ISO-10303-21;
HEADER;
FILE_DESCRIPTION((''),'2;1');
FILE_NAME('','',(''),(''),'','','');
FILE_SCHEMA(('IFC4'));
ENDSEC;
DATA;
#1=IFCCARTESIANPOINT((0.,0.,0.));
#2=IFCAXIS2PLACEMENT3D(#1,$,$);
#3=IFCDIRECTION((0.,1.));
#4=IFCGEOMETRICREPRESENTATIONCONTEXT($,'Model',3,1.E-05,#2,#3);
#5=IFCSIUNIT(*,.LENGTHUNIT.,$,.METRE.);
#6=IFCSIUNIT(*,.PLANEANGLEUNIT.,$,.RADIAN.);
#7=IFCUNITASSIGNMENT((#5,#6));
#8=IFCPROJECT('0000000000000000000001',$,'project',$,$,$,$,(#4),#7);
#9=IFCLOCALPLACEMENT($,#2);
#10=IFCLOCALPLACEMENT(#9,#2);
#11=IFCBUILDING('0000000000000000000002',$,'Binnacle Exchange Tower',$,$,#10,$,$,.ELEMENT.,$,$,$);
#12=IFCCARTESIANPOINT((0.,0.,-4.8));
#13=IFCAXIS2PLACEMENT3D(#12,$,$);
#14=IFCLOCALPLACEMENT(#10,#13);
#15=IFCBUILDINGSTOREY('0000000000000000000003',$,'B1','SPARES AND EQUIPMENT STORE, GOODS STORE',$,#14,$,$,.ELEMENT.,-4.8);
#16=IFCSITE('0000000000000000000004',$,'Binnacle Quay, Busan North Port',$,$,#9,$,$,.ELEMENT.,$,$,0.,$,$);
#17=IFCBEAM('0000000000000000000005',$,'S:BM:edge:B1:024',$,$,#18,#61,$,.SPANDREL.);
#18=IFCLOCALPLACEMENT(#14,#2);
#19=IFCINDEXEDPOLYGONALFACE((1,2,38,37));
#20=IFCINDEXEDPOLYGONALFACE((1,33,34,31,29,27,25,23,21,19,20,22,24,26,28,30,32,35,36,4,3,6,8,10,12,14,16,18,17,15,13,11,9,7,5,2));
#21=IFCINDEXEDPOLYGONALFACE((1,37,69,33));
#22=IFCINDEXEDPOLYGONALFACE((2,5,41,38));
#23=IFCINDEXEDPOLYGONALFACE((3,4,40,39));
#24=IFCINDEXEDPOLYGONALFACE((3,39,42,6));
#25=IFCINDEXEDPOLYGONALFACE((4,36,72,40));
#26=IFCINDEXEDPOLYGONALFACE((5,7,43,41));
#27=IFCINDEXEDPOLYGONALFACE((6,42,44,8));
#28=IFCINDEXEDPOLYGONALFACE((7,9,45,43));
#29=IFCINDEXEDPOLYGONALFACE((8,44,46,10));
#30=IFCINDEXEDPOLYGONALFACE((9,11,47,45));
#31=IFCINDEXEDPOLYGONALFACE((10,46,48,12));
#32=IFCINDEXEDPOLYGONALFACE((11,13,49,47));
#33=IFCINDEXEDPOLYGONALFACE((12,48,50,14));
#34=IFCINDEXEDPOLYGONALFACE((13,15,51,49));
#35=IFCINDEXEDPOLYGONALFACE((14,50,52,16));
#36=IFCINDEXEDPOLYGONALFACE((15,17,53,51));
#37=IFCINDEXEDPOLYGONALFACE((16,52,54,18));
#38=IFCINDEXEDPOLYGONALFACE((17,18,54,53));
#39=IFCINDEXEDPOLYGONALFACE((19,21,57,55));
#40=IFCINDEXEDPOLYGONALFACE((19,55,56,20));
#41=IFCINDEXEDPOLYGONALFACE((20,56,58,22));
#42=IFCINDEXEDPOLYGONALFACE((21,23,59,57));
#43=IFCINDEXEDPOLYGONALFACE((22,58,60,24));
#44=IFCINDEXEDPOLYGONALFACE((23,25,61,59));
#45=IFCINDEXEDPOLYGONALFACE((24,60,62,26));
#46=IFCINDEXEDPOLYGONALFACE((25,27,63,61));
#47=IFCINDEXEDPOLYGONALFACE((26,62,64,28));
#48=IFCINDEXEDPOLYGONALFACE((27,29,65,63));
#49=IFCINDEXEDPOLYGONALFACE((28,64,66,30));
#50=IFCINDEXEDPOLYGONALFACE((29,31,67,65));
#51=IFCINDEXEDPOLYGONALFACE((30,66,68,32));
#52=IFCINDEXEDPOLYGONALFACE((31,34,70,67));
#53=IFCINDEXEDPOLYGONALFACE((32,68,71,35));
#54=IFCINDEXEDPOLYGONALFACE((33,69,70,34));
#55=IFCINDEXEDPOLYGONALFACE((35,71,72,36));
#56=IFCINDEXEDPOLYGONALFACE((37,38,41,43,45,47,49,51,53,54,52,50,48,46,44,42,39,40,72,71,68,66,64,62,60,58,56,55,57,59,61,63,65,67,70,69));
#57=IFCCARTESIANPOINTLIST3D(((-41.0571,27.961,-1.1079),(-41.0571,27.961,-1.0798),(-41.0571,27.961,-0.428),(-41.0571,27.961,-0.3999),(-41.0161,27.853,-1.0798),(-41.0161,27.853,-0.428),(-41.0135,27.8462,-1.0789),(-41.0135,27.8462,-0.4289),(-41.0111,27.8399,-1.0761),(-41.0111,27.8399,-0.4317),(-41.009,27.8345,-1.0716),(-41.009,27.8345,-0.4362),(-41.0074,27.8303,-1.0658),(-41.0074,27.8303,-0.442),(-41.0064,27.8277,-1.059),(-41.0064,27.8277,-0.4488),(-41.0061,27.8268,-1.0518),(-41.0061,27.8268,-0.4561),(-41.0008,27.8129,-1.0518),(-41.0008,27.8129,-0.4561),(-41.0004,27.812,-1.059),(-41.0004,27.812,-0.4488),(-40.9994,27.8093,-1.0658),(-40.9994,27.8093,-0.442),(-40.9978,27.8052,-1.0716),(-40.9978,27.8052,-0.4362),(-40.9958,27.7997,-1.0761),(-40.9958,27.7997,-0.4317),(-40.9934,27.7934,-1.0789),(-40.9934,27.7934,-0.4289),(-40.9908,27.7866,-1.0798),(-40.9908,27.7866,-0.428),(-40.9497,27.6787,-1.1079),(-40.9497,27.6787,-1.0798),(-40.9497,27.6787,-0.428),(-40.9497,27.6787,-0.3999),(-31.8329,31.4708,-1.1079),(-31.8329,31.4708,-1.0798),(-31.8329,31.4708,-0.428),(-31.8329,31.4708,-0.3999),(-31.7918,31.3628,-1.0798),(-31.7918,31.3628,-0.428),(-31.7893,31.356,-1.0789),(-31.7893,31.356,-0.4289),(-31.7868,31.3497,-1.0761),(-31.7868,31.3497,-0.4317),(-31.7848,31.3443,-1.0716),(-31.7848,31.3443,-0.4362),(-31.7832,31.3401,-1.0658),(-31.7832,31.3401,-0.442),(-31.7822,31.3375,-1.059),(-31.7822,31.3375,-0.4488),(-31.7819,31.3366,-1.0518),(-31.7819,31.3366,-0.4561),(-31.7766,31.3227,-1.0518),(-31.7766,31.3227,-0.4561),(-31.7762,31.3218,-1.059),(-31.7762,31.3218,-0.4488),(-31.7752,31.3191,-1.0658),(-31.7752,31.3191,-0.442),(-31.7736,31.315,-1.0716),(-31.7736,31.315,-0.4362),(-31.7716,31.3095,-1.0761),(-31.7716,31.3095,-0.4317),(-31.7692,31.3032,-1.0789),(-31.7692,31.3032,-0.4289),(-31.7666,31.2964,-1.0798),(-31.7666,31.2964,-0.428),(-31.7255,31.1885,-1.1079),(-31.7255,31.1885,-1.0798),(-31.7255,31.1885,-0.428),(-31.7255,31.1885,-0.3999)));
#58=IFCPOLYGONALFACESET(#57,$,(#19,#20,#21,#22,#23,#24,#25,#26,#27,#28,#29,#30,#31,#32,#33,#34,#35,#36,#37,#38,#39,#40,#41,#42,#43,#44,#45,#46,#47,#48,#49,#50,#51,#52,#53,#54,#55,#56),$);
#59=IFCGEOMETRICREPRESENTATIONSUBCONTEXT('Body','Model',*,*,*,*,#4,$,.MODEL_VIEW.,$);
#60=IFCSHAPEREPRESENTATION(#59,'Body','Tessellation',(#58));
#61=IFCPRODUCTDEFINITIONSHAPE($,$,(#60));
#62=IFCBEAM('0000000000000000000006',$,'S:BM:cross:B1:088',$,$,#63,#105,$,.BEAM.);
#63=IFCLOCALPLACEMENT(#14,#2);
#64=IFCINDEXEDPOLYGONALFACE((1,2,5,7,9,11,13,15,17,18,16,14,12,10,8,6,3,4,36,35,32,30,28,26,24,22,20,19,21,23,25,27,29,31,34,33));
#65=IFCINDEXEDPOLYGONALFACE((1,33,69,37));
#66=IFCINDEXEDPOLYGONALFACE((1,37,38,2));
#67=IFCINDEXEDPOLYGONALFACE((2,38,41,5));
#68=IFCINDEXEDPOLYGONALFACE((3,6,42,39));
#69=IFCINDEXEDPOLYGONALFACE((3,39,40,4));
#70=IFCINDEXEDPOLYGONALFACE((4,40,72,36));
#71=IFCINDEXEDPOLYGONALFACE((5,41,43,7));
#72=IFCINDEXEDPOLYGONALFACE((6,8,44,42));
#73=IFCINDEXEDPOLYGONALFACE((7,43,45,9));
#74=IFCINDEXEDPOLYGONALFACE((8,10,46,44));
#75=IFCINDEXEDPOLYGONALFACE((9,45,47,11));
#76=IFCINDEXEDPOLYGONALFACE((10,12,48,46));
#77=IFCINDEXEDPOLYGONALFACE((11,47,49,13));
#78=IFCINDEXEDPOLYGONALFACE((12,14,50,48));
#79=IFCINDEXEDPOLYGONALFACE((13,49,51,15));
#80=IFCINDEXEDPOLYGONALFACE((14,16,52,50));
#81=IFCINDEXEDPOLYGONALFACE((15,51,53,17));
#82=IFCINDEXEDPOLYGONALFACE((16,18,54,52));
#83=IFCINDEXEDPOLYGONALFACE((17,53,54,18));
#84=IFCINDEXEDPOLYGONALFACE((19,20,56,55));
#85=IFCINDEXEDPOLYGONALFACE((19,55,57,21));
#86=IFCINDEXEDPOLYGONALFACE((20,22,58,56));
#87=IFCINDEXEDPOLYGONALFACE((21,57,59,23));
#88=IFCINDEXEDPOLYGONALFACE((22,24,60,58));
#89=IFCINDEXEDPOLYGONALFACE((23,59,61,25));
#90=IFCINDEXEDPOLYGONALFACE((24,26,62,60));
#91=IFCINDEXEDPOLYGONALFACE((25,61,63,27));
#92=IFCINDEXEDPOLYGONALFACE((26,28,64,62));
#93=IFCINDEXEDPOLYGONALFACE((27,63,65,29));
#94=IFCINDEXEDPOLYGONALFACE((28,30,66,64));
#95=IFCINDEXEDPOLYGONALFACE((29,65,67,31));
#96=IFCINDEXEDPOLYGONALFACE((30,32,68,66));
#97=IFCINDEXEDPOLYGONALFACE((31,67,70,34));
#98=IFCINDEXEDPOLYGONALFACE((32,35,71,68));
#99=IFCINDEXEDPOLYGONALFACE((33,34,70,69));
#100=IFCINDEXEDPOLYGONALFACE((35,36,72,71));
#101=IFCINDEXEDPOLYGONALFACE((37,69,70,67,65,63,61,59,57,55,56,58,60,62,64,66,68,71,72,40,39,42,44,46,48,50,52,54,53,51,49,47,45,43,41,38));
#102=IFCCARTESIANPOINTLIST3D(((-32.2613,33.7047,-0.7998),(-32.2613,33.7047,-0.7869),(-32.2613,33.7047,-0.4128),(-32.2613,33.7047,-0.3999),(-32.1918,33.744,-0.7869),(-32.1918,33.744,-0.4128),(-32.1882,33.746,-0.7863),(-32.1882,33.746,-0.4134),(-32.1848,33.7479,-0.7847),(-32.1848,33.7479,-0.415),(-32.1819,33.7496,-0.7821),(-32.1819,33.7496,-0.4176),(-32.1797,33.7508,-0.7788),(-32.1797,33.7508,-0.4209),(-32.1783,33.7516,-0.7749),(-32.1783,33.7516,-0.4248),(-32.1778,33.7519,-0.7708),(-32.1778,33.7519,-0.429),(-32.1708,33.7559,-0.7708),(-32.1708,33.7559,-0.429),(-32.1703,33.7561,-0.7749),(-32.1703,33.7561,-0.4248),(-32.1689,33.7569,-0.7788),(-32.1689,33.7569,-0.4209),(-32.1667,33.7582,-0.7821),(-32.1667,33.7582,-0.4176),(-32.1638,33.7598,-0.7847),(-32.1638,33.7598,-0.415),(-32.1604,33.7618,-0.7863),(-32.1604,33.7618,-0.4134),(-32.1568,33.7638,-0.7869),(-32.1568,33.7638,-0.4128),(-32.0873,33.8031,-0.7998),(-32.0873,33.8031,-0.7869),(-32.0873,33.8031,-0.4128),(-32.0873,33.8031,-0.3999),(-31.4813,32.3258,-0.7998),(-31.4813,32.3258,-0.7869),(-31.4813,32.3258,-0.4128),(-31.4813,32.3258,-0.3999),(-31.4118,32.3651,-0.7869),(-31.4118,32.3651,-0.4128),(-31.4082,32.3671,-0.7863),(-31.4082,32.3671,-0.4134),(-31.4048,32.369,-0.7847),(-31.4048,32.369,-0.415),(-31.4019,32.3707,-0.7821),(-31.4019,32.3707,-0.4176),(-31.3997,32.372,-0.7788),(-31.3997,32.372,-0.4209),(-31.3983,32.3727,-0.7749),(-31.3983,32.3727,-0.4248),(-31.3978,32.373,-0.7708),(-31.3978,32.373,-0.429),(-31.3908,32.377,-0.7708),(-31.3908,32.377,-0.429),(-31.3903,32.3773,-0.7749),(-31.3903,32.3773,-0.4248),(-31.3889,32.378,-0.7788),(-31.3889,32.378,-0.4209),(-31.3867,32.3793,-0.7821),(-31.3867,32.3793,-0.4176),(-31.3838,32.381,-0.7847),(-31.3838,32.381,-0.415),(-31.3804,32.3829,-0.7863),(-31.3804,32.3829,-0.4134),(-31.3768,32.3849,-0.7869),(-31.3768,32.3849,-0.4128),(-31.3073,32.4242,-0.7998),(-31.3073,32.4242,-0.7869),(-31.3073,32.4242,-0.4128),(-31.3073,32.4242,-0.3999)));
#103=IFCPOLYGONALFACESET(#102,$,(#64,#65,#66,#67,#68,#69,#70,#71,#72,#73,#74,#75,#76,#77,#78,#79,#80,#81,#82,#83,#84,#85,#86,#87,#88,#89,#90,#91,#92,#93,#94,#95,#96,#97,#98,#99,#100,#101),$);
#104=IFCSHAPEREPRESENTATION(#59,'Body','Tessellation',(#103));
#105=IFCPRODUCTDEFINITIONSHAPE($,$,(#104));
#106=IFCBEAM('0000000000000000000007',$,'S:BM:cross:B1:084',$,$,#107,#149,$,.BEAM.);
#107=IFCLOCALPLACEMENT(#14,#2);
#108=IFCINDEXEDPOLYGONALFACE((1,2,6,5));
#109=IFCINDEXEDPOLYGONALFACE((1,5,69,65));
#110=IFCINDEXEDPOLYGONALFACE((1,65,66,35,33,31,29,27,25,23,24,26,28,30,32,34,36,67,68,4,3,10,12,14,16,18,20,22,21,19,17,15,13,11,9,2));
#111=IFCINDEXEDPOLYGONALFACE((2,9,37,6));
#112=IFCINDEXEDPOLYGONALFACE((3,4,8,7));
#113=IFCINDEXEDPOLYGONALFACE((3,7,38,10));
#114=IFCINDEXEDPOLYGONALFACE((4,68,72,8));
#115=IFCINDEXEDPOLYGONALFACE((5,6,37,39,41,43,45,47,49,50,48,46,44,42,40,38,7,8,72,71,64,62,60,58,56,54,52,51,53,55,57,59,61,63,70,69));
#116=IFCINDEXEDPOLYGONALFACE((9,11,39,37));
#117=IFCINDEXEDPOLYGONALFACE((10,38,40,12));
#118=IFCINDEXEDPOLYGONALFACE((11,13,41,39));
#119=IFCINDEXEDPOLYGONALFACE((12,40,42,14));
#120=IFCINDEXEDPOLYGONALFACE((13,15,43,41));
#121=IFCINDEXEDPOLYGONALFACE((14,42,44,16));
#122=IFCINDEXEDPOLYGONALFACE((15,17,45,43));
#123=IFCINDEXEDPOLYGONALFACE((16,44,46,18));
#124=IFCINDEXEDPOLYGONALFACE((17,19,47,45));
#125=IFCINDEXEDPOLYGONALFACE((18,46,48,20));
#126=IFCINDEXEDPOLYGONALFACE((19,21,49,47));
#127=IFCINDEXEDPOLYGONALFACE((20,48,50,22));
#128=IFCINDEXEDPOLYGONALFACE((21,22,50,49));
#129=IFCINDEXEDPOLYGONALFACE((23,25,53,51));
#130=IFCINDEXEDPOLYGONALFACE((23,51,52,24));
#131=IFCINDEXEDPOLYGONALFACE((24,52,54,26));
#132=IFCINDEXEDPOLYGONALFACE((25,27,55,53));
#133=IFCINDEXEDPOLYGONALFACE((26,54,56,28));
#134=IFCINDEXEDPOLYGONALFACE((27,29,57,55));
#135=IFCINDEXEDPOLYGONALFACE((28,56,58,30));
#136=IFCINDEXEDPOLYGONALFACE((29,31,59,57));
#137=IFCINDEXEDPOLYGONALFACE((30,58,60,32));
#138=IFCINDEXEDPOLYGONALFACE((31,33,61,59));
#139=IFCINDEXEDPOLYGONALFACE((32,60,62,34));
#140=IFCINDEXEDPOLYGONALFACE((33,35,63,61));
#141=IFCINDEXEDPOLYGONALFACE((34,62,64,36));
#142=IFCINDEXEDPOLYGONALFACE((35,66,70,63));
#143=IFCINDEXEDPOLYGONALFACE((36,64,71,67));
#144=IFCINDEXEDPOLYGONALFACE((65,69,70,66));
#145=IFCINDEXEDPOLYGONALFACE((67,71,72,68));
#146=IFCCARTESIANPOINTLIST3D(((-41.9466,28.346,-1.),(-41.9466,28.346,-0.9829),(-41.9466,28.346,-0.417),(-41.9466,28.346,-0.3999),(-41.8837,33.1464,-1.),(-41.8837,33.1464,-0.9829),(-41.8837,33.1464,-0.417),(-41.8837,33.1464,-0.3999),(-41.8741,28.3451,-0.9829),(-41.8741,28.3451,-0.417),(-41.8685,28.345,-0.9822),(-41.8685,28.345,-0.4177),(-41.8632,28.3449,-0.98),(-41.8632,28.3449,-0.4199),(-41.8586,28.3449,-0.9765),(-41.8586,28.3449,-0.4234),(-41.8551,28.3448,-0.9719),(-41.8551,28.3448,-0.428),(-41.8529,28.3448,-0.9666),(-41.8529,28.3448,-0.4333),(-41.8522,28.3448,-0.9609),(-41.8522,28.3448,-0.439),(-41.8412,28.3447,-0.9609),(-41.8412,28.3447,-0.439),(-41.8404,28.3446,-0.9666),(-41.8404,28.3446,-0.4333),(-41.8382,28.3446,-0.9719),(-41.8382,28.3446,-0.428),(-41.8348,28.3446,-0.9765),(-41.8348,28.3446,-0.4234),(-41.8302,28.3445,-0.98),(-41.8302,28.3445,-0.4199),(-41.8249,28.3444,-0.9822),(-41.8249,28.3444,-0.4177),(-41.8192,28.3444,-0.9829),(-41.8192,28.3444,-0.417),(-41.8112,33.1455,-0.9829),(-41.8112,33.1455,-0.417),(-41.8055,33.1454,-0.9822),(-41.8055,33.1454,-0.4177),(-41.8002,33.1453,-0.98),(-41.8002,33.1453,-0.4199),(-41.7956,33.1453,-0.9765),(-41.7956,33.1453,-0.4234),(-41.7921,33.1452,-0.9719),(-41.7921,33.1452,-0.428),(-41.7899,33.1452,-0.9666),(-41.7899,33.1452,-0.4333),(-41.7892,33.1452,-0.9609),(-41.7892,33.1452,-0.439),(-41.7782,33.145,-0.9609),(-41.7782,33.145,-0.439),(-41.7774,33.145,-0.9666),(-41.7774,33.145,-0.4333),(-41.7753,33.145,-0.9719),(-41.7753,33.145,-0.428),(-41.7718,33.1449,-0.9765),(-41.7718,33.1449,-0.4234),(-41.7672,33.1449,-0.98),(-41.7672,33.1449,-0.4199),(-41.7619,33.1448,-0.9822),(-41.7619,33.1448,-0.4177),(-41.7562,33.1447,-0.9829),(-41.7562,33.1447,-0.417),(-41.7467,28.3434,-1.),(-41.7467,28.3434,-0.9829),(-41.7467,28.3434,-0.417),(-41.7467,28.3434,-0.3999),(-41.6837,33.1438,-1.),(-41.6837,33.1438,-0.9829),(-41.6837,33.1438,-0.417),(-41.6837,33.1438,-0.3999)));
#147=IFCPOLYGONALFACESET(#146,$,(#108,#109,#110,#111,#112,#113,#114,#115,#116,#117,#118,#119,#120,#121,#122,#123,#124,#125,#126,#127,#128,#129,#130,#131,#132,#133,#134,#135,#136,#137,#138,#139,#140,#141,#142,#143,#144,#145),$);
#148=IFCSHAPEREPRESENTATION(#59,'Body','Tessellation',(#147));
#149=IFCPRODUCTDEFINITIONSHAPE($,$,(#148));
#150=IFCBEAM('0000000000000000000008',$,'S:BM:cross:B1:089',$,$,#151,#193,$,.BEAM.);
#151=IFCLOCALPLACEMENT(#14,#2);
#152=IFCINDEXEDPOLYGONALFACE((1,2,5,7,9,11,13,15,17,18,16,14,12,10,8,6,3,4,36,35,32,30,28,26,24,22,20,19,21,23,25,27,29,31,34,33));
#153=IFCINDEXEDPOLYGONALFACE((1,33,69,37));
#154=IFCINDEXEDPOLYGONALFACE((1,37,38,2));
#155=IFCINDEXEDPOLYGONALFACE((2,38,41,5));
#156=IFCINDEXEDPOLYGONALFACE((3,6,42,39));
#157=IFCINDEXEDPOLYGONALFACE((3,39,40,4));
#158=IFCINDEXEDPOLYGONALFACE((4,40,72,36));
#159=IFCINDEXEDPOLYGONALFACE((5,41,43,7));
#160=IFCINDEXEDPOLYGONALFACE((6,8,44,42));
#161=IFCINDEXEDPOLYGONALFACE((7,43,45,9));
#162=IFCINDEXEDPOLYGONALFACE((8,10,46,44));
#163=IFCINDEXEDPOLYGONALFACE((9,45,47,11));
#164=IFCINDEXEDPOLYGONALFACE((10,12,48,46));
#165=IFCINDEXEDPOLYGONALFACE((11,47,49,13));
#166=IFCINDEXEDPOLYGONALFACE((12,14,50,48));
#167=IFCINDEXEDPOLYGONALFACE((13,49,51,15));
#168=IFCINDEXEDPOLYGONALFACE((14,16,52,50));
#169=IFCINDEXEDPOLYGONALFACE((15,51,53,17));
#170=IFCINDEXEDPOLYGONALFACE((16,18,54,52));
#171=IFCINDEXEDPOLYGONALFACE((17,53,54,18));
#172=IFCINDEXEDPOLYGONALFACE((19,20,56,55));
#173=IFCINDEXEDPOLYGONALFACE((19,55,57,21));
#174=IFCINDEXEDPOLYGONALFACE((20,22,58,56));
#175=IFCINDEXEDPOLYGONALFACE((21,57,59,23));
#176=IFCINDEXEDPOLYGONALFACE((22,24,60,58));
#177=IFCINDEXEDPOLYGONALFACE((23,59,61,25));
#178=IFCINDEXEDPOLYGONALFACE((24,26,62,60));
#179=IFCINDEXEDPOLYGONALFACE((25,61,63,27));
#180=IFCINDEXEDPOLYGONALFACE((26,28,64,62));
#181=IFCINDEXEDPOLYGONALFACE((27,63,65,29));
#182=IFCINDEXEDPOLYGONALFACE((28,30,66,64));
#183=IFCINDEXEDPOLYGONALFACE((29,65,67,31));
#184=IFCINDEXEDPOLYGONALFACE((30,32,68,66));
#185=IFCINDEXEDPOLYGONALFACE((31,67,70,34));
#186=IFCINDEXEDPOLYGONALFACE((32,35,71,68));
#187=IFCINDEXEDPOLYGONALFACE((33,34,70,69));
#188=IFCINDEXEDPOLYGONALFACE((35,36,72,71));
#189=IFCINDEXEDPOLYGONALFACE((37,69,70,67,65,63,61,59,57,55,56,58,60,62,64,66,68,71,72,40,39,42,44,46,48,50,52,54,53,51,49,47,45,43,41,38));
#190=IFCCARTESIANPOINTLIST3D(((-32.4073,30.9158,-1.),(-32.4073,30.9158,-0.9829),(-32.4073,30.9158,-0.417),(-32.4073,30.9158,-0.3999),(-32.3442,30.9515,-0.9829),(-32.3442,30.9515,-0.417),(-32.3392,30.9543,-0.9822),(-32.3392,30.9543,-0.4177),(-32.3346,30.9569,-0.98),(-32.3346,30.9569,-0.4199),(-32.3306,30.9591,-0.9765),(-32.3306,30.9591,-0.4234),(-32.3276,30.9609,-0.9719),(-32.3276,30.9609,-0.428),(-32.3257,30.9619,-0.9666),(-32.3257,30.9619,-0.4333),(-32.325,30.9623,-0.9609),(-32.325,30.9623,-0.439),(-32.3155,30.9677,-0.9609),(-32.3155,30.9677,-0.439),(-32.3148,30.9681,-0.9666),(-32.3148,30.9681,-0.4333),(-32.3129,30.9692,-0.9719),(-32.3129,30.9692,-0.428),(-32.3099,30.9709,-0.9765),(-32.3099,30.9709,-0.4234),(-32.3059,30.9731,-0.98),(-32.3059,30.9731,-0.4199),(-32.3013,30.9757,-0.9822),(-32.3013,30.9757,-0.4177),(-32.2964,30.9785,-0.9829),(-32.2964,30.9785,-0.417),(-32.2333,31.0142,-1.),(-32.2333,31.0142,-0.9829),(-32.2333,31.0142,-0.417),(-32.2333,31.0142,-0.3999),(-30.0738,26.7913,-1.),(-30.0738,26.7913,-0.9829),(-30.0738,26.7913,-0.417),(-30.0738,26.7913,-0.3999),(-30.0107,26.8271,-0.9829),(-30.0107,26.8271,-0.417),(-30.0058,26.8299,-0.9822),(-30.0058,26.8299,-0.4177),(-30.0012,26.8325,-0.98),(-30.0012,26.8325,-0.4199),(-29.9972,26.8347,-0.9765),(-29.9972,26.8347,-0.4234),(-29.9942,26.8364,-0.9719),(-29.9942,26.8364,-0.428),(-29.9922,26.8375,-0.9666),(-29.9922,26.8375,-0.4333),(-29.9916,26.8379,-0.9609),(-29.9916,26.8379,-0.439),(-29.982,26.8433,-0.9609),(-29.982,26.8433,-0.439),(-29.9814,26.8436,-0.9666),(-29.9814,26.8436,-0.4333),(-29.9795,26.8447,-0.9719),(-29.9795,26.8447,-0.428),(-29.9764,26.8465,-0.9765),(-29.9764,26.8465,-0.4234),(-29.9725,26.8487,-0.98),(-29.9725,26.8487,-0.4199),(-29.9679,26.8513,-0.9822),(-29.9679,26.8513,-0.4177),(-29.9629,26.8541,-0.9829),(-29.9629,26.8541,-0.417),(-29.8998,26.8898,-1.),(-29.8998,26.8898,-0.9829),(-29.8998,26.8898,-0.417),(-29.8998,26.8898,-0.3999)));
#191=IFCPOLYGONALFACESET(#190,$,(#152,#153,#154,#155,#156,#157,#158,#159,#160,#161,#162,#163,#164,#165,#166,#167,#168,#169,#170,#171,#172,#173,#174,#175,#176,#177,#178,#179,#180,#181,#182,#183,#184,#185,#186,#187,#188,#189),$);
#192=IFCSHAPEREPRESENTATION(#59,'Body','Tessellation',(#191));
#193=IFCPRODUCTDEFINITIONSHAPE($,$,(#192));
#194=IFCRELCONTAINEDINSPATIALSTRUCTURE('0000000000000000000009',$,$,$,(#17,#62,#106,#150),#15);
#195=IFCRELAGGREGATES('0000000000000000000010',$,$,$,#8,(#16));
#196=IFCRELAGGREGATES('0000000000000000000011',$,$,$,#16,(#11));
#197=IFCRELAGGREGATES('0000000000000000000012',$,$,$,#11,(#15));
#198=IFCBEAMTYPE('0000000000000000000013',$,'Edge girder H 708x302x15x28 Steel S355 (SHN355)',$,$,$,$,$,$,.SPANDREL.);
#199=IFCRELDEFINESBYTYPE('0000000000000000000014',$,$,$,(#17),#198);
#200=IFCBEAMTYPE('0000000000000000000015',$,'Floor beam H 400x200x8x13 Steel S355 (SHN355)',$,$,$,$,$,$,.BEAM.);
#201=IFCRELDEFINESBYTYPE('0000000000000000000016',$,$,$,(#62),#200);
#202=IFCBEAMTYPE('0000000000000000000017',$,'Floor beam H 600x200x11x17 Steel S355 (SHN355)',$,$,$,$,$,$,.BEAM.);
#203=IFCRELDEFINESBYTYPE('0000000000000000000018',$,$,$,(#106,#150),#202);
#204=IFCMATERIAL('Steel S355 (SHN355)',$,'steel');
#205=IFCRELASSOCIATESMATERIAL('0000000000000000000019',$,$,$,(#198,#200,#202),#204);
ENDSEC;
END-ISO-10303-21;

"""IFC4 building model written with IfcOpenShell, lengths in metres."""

from ifc_helpers import new_model, si_unit, direction, frame, origin, origin_2d, place, context, subcontext, project, spatial, i_section, extrude, material, material_profile, profile_set, type_object, element, save


model = new_model("IFC4")

# Units and contexts
model_context = context("Model", 3, precision=1e-05, world=origin(), true_north=direction((0.0, 1.0)))
body_context = subcontext(model_context, "Body", "Model", "MODEL_VIEW")
ifc_project = project(units=[si_unit("LENGTHUNIT", "METRE"), si_unit("PLANEANGLEUNIT", "RADIAN")], contexts=[model_context])

# Site, building, storey
site_placement = place(None, origin())
site = spatial("IfcSite", under=ifc_project, at=site_placement, Name="Binnacle Quay, Busan North Port", CompositionType="ELEMENT", RefElevation=0.0)
building_placement = place(site_placement, origin())
building = spatial("IfcBuilding", under=site, at=building_placement, Name="Binnacle Exchange Tower", CompositionType="ELEMENT")
storey_placement = place(building_placement, frame((0.0, 0.0, -4.8)))
storey = spatial("IfcBuildingStorey", under=building, at=storey_placement, Name="B1", Description="SPARES AND EQUIPMENT STORE, GOODS STORE", CompositionType="ELEMENT", Elevation=-4.8)

# Beams
ifc_material_1 = material(Name="Steel S355 (SHN355)", Category="steel")
ifc_material_profile_1 = material_profile(ifc_material_1, i_section(OverallWidth=0.302, OverallDepth=0.708, WebThickness=0.0149, FlangeThickness=0.0281, FilletRadius=0.0281, at=origin_2d()), Name="H 708x302x15x28")
ifc_profile_set_1 = profile_set([ifc_material_profile_1], Name="Steel S355 (SHN355)")
beam_type_1 = type_object("IfcBeamType", Name="Edge girder H 708x302x15x28 Steel S355 (SHN355)", PredefinedType="SPANDREL", material=ifc_profile_set_1)
beam_1_placement = place(storey_placement, frame((-41.0034, 27.8198, -0.7539), z_axis=(0.934629, 0.355625, 0.0), x_axis=(-0.355625, 0.934629, 0.0)))
element("IfcBeam", 1, at=beam_1_placement, inside=storey, type_object=beam_type_1, Name="S:BM:edge:B1:024", PredefinedType="SPANDREL", context=body_context, shape_type="SweptSolid", body=[
    extrude(i_section(OverallWidth=0.302, OverallDepth=0.708, WebThickness=0.0149, FlangeThickness=0.0281, FilletRadius=0.0281, at=origin_2d()), origin(), (0.0, 0.0, 1.0), 9.8694),
])
ifc_material_profile_2 = material_profile(ifc_material_1, i_section(OverallWidth=0.2, OverallDepth=0.3999, WebThickness=0.0081, FlangeThickness=0.0129, FilletRadius=0.0161, at=origin_2d()), Name="H 400x200x8x13")
ifc_profile_set_2 = profile_set([ifc_material_profile_2], Name="Steel S355 (SHN355)")
beam_type_2 = type_object("IfcBeamType", Name="Floor beam H 400x200x8x13 Steel S355 (SHN355)", PredefinedType="BEAM", material=ifc_profile_set_2)
beam_2_placement = place(storey_placement, frame((-31.3943, 32.375, -0.5999), z_axis=(-0.492367, 0.870388, 0.0), x_axis=(-0.870388, -0.492367, 0.0)))
element("IfcBeam", 2, at=beam_2_placement, inside=storey, type_object=beam_type_2, Name="S:BM:cross:B1:088", PredefinedType="BEAM", context=body_context, shape_type="SweptSolid", body=[
    extrude(i_section(OverallWidth=0.2, OverallDepth=0.3999, WebThickness=0.0081, FlangeThickness=0.0129, FilletRadius=0.0161, at=origin_2d()), origin(), (0.0, 0.0, 1.0), 1.5842),
])
ifc_material_profile_3 = material_profile(ifc_material_1, i_section(OverallWidth=0.2, OverallDepth=0.6001, WebThickness=0.011, FlangeThickness=0.0171, FilletRadius=0.022, at=origin_2d()), Name="H 600x200x11x17")
ifc_profile_set_3 = profile_set([ifc_material_profile_3], Name="Steel S355 (SHN355)")
beam_type_3 = type_object("IfcBeamType", Name="Floor beam H 600x200x11x17 Steel S355 (SHN355)", PredefinedType="BEAM", material=ifc_profile_set_3)
beam_3_placement = place(storey_placement, frame((-41.8467, 28.3447, -0.7), z_axis=(0.013121, 0.999914, 0.0), x_axis=(-0.999914, 0.013121, 0.0)))
element("IfcBeam", 3, at=beam_3_placement, inside=storey, type_object=beam_type_3, Name="S:BM:cross:B1:084", PredefinedType="BEAM", context=body_context, shape_type="SweptSolid", body=[
    extrude(i_section(OverallWidth=0.2, OverallDepth=0.6001, WebThickness=0.011, FlangeThickness=0.0171, FilletRadius=0.022, at=origin_2d()), origin(), (0.0, 0.0, 1.0), 4.8008),
])
beam_4_placement = place(storey_placement, frame((-29.9868, 26.8406, -0.7), z_axis=(-0.492417, 0.870359, 0.0), x_axis=(-0.870359, -0.492417, 0.0)))
element("IfcBeam", 4, at=beam_4_placement, inside=storey, type_object=beam_type_3, Name="S:BM:cross:B1:089", PredefinedType="BEAM", context=body_context, shape_type="SweptSolid", body=[
    extrude(i_section(OverallWidth=0.2, OverallDepth=0.6001, WebThickness=0.011, FlangeThickness=0.0171, FilletRadius=0.022, at=origin_2d()), origin(), (0.0, 0.0, 1.0), 4.7388),
])

save(model, "model.ifc")
